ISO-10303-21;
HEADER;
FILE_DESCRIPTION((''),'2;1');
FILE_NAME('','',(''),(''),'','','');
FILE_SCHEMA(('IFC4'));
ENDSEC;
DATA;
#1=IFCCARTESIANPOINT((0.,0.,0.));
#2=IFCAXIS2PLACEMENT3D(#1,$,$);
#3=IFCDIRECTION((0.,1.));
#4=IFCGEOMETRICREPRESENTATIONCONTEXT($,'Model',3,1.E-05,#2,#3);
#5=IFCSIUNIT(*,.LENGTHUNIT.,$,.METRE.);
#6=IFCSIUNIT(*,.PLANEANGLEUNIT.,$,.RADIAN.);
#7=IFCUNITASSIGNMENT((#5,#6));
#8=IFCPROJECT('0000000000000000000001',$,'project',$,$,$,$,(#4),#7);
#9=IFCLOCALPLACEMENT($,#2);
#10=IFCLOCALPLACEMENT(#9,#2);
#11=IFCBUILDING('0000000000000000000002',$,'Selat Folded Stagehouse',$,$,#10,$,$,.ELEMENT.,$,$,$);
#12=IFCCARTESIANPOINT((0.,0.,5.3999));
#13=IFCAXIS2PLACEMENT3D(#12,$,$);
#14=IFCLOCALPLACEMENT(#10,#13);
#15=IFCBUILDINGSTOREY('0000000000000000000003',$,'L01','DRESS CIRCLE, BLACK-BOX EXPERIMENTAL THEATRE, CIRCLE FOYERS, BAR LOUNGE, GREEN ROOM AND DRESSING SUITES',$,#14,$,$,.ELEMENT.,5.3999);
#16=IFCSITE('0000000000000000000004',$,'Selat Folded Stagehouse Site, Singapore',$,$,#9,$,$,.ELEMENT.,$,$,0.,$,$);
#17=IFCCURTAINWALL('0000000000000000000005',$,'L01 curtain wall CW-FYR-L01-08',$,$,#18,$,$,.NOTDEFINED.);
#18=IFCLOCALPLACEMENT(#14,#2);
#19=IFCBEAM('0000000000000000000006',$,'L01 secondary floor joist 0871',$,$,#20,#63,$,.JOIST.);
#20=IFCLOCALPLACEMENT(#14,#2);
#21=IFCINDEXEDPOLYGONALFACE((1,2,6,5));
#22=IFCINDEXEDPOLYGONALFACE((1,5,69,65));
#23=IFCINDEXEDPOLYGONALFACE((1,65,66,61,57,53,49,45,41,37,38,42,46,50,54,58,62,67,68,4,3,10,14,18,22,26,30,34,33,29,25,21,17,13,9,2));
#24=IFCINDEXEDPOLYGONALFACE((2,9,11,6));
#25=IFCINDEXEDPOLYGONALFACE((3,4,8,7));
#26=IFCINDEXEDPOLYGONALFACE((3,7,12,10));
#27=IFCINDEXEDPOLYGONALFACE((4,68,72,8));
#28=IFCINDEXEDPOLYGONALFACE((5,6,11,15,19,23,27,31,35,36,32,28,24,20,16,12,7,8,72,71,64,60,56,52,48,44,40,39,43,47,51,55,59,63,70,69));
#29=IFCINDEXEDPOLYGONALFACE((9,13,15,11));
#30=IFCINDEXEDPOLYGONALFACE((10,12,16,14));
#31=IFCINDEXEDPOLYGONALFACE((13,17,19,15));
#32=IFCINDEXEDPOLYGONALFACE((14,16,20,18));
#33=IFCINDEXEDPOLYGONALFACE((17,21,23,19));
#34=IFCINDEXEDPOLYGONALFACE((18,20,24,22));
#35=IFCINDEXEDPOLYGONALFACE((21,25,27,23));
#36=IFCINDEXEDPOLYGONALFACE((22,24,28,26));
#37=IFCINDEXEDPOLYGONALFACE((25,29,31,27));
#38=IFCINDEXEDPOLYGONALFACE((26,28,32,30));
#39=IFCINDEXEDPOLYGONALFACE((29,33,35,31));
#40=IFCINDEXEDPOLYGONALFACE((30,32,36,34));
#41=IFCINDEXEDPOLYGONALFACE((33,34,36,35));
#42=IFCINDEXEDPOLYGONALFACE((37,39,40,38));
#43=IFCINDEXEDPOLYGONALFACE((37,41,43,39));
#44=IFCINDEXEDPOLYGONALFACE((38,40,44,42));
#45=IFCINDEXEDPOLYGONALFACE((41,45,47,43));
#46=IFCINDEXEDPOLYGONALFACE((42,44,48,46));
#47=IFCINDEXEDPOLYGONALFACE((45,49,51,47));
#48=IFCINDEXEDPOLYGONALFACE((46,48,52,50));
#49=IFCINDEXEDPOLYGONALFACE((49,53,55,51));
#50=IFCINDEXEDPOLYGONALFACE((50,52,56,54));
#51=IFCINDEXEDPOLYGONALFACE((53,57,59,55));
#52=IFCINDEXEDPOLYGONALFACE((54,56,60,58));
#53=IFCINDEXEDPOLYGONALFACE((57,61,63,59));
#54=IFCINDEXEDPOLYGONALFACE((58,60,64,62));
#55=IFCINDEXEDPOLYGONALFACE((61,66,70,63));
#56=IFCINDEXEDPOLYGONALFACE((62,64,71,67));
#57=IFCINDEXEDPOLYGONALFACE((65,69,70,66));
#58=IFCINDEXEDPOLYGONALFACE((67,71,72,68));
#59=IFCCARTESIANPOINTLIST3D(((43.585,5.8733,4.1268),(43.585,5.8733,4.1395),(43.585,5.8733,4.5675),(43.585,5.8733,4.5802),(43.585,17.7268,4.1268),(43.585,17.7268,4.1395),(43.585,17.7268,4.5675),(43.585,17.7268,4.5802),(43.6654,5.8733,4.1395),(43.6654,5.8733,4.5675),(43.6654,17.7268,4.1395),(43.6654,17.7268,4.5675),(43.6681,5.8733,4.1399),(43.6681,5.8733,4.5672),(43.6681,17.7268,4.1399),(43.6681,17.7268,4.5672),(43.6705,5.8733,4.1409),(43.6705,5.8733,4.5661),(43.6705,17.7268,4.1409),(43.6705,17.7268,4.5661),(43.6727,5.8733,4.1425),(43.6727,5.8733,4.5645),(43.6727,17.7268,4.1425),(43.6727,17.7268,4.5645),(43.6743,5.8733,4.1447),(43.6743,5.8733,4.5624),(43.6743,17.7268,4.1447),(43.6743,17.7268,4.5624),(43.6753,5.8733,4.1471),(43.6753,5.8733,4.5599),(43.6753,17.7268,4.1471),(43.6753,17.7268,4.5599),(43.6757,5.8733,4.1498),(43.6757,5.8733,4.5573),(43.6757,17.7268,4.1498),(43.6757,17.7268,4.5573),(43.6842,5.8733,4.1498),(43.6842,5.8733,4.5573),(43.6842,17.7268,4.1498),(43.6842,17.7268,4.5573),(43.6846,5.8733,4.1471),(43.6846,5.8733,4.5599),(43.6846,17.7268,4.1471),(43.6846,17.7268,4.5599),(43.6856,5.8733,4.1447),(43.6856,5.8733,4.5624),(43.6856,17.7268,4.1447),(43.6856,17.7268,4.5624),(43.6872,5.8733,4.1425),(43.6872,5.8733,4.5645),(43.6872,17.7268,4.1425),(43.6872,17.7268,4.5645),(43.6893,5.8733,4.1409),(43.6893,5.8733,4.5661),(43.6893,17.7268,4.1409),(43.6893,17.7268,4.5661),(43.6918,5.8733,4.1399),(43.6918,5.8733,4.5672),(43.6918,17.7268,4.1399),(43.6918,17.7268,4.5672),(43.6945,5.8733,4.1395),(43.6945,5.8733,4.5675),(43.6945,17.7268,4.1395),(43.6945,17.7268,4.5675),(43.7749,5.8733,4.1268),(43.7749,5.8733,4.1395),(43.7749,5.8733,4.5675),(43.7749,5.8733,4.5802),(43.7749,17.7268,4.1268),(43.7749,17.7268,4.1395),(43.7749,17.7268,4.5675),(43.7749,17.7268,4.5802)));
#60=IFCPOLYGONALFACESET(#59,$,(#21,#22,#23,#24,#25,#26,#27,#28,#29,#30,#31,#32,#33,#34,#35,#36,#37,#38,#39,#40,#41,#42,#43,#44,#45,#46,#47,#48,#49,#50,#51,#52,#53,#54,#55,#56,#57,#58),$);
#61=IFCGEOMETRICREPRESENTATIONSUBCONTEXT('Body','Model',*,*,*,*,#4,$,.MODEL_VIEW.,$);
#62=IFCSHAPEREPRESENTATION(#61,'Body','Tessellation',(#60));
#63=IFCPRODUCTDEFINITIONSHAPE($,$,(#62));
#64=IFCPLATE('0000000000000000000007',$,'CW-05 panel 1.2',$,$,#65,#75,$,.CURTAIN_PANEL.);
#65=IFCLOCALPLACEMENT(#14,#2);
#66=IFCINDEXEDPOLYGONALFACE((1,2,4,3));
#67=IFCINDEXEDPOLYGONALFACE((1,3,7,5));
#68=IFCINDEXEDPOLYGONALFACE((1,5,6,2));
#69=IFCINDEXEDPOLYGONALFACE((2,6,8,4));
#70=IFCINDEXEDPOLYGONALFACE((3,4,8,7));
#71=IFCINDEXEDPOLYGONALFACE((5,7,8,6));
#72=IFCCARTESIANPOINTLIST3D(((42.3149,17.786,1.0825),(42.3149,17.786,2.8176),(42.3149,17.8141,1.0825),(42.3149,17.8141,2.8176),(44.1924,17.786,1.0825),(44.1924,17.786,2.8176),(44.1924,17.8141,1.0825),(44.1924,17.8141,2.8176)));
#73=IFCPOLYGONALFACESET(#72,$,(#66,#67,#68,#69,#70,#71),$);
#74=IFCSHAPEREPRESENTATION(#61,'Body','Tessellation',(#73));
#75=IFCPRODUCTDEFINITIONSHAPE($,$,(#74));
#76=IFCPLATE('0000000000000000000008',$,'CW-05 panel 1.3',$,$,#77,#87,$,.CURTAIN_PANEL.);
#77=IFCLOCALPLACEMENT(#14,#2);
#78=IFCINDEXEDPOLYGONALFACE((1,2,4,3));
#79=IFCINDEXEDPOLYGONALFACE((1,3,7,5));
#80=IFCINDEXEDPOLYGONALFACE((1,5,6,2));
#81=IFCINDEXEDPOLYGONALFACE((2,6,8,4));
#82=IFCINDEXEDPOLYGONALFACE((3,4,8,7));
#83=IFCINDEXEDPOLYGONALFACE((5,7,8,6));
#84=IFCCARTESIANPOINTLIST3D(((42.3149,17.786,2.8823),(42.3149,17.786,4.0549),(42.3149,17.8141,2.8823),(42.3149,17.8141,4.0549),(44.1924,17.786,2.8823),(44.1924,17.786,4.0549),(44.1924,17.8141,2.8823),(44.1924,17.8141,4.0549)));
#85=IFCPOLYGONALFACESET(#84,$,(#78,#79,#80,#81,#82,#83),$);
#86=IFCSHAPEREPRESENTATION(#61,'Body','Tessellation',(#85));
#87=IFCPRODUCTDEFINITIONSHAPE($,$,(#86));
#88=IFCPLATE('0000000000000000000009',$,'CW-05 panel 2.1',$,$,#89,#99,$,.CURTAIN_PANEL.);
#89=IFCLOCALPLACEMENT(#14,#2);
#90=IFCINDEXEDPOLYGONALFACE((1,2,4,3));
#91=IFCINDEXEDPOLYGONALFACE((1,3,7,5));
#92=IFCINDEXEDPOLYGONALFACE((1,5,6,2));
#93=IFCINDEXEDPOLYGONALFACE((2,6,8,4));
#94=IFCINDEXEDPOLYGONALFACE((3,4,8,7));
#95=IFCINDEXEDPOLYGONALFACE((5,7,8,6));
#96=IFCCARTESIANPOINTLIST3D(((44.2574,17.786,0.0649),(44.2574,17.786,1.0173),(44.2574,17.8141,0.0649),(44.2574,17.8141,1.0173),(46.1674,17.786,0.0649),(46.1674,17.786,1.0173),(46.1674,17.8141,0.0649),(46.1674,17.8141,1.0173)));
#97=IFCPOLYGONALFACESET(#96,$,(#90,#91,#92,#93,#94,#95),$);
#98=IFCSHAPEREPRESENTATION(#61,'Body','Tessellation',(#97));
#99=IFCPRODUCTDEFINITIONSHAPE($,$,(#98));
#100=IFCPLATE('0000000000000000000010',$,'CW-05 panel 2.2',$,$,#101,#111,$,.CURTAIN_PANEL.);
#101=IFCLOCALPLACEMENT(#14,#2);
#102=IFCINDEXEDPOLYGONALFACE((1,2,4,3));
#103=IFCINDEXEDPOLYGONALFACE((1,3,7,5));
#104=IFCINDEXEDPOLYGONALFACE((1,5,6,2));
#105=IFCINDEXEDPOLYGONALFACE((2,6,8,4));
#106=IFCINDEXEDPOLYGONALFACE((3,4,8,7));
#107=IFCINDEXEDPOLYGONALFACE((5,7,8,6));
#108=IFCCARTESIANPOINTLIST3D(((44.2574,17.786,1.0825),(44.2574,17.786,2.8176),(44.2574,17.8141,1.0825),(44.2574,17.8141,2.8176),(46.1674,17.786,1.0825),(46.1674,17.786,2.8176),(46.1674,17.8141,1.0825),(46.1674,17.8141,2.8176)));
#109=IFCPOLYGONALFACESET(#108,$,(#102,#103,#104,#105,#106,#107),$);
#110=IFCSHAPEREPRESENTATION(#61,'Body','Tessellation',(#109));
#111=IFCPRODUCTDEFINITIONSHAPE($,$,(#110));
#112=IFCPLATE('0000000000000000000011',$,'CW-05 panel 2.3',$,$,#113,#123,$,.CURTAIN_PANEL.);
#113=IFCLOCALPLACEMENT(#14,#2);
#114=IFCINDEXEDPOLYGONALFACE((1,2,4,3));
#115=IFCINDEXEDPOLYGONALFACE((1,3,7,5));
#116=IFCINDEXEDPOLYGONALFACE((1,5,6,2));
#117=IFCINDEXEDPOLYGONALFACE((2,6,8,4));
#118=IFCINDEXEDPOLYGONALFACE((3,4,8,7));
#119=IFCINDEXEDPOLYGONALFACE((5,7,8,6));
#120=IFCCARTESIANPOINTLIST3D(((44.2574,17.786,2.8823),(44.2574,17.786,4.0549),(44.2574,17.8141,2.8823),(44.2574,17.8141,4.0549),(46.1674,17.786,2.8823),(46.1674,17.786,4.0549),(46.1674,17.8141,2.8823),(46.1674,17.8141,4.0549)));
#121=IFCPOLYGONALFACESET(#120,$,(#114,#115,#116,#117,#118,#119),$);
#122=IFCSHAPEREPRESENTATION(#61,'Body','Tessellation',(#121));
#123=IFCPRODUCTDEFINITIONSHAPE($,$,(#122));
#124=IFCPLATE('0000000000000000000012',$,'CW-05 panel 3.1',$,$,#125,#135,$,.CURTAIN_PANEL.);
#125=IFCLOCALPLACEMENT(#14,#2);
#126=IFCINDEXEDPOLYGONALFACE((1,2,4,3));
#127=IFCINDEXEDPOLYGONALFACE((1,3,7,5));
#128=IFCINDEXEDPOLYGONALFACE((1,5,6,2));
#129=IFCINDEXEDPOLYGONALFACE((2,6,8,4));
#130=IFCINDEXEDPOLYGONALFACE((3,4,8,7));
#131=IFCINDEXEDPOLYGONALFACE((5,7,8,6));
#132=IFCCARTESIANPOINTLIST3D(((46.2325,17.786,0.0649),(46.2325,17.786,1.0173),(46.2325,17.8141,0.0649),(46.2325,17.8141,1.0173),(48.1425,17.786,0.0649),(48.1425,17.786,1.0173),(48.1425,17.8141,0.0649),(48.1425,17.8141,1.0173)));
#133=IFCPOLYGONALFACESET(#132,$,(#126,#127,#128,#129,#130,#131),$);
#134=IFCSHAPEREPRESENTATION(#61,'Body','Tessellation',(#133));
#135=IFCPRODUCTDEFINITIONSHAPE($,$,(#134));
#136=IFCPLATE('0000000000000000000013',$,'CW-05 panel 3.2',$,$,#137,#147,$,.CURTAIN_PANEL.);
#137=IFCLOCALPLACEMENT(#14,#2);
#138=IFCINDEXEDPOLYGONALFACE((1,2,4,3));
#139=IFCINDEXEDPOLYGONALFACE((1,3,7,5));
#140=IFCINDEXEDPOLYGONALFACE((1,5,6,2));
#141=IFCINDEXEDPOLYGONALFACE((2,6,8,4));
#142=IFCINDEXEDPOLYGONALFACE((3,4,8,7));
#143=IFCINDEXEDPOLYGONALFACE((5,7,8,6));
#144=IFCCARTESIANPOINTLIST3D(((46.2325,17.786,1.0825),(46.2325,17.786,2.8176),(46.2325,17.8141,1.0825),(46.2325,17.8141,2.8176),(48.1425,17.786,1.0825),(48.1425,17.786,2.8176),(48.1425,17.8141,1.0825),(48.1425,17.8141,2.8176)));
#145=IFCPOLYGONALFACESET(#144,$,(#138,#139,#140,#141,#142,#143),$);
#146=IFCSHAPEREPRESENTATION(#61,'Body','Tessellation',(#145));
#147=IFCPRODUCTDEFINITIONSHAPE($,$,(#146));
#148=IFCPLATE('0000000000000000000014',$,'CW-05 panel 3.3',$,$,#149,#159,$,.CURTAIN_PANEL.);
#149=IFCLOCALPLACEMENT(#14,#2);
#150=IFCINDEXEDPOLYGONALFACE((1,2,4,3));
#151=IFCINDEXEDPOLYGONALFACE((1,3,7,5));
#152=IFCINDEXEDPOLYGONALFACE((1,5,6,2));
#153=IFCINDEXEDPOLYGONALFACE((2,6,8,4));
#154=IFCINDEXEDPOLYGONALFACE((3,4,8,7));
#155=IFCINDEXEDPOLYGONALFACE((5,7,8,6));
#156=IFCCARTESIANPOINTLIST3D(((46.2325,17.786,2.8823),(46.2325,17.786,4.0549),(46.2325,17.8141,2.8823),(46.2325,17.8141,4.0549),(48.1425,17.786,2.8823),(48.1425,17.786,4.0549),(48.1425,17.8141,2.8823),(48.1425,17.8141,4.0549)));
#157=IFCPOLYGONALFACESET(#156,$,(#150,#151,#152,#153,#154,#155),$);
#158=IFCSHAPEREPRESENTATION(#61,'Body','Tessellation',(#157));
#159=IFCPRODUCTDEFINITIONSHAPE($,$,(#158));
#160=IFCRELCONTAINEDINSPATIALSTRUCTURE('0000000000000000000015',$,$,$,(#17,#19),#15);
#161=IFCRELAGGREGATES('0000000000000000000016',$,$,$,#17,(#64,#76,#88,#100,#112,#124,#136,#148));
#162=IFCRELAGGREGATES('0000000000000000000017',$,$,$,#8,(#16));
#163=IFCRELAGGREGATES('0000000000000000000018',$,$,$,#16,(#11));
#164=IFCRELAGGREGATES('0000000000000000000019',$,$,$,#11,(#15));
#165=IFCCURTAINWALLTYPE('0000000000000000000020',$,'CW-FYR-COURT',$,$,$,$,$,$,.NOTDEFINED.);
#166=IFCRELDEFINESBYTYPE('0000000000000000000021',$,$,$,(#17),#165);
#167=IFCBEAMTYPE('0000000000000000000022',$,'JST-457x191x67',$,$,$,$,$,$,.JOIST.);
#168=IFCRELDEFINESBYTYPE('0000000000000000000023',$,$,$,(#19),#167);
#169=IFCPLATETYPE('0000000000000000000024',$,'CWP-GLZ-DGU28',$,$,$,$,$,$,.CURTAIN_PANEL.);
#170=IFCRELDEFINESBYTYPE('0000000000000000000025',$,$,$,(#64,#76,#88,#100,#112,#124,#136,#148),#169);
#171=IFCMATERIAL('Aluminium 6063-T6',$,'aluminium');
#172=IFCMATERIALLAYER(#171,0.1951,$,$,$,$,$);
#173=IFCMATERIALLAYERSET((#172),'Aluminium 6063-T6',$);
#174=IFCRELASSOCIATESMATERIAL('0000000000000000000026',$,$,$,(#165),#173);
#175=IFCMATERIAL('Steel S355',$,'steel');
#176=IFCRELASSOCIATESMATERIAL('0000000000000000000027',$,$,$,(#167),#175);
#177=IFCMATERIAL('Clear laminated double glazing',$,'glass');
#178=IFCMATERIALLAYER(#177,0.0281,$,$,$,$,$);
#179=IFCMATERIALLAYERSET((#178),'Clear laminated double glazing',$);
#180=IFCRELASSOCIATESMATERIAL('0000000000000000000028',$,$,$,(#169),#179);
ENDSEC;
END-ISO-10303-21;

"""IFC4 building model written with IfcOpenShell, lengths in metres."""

from ifc_helpers import new_model, si_unit, direction, frame, origin, origin_2d, place, context, subcontext, project, spatial, rectangle, i_section, extrude, material, layer, layer_set, material_profile, profile_set, type_object, element, aggregate, save


model = new_model("IFC4")

# Units and contexts
model_context = context("Model", 3, precision=1e-05, world=origin(), true_north=direction((0.0, 1.0)))
body_context = subcontext(model_context, "Body", "Model", "MODEL_VIEW")
ifc_project = project(units=[si_unit("LENGTHUNIT", "METRE"), si_unit("PLANEANGLEUNIT", "RADIAN")], contexts=[model_context])

# Site, building, storey
site_placement = place(None, origin())
site = spatial("IfcSite", under=ifc_project, at=site_placement, Name="Selat Folded Stagehouse Site, Singapore", CompositionType="ELEMENT", RefElevation=0.0)
building_placement = place(site_placement, origin())
building = spatial("IfcBuilding", under=site, at=building_placement, Name="Selat Folded Stagehouse", CompositionType="ELEMENT")
storey_placement = place(building_placement, frame((0.0, 0.0, 5.3999)))
storey = spatial("IfcBuildingStorey", under=building, at=storey_placement, Name="L01", Description="DRESS CIRCLE, BLACK-BOX EXPERIMENTAL THEATRE, CIRCLE FOYERS, BAR LOUNGE, GREEN ROOM AND DRESSING SUITES", CompositionType="ELEMENT", Elevation=5.3999)

# Curtain wall
ifc_material_1 = material(Name="Aluminium 6063-T6", Category="aluminium")
ifc_layer_1 = layer(ifc_material_1, 0.1951)
ifc_layer_set_1 = layer_set([ifc_layer_1], Name="Aluminium 6063-T6")
curtain_wall_type = type_object("IfcCurtainWallType", Name="CW-FYR-COURT", PredefinedType="NOTDEFINED", material=ifc_layer_set_1)
curtain_wall_placement = place(storey_placement, origin())
curtain_wall = element("IfcCurtainWall", 1, at=curtain_wall_placement, inside=storey, type_object=curtain_wall_type, Name="L01 curtain wall CW-FYR-L01-08", PredefinedType="NOTDEFINED")

# Beam
ifc_material_2 = material(Name="Steel S355", Category="steel")
ifc_material_profile_1 = material_profile(ifc_material_2, i_section(OverallWidth=0.1899, OverallDepth=0.4534, WebThickness=0.0085, FlangeThickness=0.0127, FilletRadius=0.0103, at=origin_2d()), Name="UKB 457x191x67")
ifc_profile_set_1 = profile_set([ifc_material_profile_1], Name="Steel S355")
beam_type = type_object("IfcBeamType", Name="JST-457x191x67", PredefinedType="JOIST", material=ifc_profile_set_1)
beam_placement = place(storey_placement, frame((43.6799, 5.8733, 4.3535), z_axis=(0.0, 1.0, 0.0), x_axis=(-1.0, 0.0, 0.0)))
element("IfcBeam", 2, at=beam_placement, inside=storey, type_object=beam_type, Name="L01 secondary floor joist 0871", PredefinedType="JOIST", context=body_context, shape_type="SweptSolid", body=[
    extrude(i_section(OverallWidth=0.1899, OverallDepth=0.4534, WebThickness=0.0085, FlangeThickness=0.0127, FilletRadius=0.0103, at=origin_2d()), origin(), (0.0, 0.0, 1.0), 11.8535),
])

# Plates
ifc_material_3 = material(Name="Clear laminated double glazing", Category="glass")
ifc_layer_2 = layer(ifc_material_3, 0.0281)
ifc_layer_set_2 = layer_set([ifc_layer_2], Name="Clear laminated double glazing")
plate_type = type_object("IfcPlateType", Name="CWP-GLZ-DGU28", PredefinedType="CURTAIN_PANEL", material=ifc_layer_set_2)
plate_1_placement = place(storey_placement, frame((43.2537, 17.8, 1.0825), z_axis=(0.0, 0.0, 1.0), x_axis=(1.0, 0.0, 0.0)))
plate_1 = element("IfcPlate", 3, at=plate_1_placement, type_object=plate_type, Name="CW-05 panel 1.2", PredefinedType="CURTAIN_PANEL", context=body_context, shape_type="SweptSolid", body=[
    extrude(rectangle(XDim=1.8774, YDim=0.0281, at=origin_2d()), origin(), (0.0, 0.0, 1.0), 1.7351),
])
plate_2_placement = place(storey_placement, frame((43.2537, 17.8, 2.8823), z_axis=(0.0, 0.0, 1.0), x_axis=(1.0, 0.0, 0.0)))
plate_2 = element("IfcPlate", 4, at=plate_2_placement, type_object=plate_type, Name="CW-05 panel 1.3", PredefinedType="CURTAIN_PANEL", context=body_context, shape_type="SweptSolid", body=[
    extrude(rectangle(XDim=1.8774, YDim=0.0281, at=origin_2d()), origin(), (0.0, 0.0, 1.0), 1.1726),
])
plate_3_placement = place(storey_placement, frame((45.2124, 17.8, 0.0649), z_axis=(0.0, 0.0, 1.0), x_axis=(1.0, 0.0, 0.0)))
plate_3 = element("IfcPlate", 5, at=plate_3_placement, type_object=plate_type, Name="CW-05 panel 2.1", PredefinedType="CURTAIN_PANEL", context=body_context, shape_type="SweptSolid", body=[
    extrude(rectangle(XDim=1.9099, YDim=0.0281, at=origin_2d()), origin(), (0.0, 0.0, 1.0), 0.9524),
])
plate_4_placement = place(storey_placement, frame((45.2124, 17.8, 1.0825), z_axis=(0.0, 0.0, 1.0), x_axis=(1.0, 0.0, 0.0)))
plate_4 = element("IfcPlate", 6, at=plate_4_placement, type_object=plate_type, Name="CW-05 panel 2.2", PredefinedType="CURTAIN_PANEL", context=body_context, shape_type="SweptSolid", body=[
    extrude(rectangle(XDim=1.9099, YDim=0.0281, at=origin_2d()), origin(), (0.0, 0.0, 1.0), 1.7351),
])
plate_5_placement = place(storey_placement, frame((45.2124, 17.8, 2.8823), z_axis=(0.0, 0.0, 1.0), x_axis=(1.0, 0.0, 0.0)))
plate_5 = element("IfcPlate", 7, at=plate_5_placement, type_object=plate_type, Name="CW-05 panel 2.3", PredefinedType="CURTAIN_PANEL", context=body_context, shape_type="SweptSolid", body=[
    extrude(rectangle(XDim=1.9099, YDim=0.0281, at=origin_2d()), origin(), (0.0, 0.0, 1.0), 1.1726),
])
plate_6_placement = place(storey_placement, frame((47.1875, 17.8, 0.0649), z_axis=(0.0, 0.0, 1.0), x_axis=(1.0, 0.0, 0.0)))
plate_6 = element("IfcPlate", 8, at=plate_6_placement, type_object=plate_type, Name="CW-05 panel 3.1", PredefinedType="CURTAIN_PANEL", context=body_context, shape_type="SweptSolid", body=[
    extrude(rectangle(XDim=1.9099, YDim=0.0281, at=origin_2d()), origin(), (0.0, 0.0, 1.0), 0.9524),
])
plate_7_placement = place(storey_placement, frame((47.1875, 17.8, 1.0825), z_axis=(0.0, 0.0, 1.0), x_axis=(1.0, 0.0, 0.0)))
plate_7 = element("IfcPlate", 9, at=plate_7_placement, type_object=plate_type, Name="CW-05 panel 3.2", PredefinedType="CURTAIN_PANEL", context=body_context, shape_type="SweptSolid", body=[
    extrude(rectangle(XDim=1.9099, YDim=0.0281, at=origin_2d()), origin(), (0.0, 0.0, 1.0), 1.7351),
])
plate_8_placement = place(storey_placement, frame((47.1875, 17.8, 2.8823), z_axis=(0.0, 0.0, 1.0), x_axis=(1.0, 0.0, 0.0)))
plate_8 = element("IfcPlate", 10, at=plate_8_placement, type_object=plate_type, Name="CW-05 panel 3.3", PredefinedType="CURTAIN_PANEL", context=body_context, shape_type="SweptSolid", body=[
    extrude(rectangle(XDim=1.9099, YDim=0.0281, at=origin_2d()), origin(), (0.0, 0.0, 1.0), 1.1726),
])
aggregate(curtain_wall, [plate_1, plate_2, plate_3, plate_4, plate_5, plate_6, plate_7, plate_8])

save(model, "model.ifc")
